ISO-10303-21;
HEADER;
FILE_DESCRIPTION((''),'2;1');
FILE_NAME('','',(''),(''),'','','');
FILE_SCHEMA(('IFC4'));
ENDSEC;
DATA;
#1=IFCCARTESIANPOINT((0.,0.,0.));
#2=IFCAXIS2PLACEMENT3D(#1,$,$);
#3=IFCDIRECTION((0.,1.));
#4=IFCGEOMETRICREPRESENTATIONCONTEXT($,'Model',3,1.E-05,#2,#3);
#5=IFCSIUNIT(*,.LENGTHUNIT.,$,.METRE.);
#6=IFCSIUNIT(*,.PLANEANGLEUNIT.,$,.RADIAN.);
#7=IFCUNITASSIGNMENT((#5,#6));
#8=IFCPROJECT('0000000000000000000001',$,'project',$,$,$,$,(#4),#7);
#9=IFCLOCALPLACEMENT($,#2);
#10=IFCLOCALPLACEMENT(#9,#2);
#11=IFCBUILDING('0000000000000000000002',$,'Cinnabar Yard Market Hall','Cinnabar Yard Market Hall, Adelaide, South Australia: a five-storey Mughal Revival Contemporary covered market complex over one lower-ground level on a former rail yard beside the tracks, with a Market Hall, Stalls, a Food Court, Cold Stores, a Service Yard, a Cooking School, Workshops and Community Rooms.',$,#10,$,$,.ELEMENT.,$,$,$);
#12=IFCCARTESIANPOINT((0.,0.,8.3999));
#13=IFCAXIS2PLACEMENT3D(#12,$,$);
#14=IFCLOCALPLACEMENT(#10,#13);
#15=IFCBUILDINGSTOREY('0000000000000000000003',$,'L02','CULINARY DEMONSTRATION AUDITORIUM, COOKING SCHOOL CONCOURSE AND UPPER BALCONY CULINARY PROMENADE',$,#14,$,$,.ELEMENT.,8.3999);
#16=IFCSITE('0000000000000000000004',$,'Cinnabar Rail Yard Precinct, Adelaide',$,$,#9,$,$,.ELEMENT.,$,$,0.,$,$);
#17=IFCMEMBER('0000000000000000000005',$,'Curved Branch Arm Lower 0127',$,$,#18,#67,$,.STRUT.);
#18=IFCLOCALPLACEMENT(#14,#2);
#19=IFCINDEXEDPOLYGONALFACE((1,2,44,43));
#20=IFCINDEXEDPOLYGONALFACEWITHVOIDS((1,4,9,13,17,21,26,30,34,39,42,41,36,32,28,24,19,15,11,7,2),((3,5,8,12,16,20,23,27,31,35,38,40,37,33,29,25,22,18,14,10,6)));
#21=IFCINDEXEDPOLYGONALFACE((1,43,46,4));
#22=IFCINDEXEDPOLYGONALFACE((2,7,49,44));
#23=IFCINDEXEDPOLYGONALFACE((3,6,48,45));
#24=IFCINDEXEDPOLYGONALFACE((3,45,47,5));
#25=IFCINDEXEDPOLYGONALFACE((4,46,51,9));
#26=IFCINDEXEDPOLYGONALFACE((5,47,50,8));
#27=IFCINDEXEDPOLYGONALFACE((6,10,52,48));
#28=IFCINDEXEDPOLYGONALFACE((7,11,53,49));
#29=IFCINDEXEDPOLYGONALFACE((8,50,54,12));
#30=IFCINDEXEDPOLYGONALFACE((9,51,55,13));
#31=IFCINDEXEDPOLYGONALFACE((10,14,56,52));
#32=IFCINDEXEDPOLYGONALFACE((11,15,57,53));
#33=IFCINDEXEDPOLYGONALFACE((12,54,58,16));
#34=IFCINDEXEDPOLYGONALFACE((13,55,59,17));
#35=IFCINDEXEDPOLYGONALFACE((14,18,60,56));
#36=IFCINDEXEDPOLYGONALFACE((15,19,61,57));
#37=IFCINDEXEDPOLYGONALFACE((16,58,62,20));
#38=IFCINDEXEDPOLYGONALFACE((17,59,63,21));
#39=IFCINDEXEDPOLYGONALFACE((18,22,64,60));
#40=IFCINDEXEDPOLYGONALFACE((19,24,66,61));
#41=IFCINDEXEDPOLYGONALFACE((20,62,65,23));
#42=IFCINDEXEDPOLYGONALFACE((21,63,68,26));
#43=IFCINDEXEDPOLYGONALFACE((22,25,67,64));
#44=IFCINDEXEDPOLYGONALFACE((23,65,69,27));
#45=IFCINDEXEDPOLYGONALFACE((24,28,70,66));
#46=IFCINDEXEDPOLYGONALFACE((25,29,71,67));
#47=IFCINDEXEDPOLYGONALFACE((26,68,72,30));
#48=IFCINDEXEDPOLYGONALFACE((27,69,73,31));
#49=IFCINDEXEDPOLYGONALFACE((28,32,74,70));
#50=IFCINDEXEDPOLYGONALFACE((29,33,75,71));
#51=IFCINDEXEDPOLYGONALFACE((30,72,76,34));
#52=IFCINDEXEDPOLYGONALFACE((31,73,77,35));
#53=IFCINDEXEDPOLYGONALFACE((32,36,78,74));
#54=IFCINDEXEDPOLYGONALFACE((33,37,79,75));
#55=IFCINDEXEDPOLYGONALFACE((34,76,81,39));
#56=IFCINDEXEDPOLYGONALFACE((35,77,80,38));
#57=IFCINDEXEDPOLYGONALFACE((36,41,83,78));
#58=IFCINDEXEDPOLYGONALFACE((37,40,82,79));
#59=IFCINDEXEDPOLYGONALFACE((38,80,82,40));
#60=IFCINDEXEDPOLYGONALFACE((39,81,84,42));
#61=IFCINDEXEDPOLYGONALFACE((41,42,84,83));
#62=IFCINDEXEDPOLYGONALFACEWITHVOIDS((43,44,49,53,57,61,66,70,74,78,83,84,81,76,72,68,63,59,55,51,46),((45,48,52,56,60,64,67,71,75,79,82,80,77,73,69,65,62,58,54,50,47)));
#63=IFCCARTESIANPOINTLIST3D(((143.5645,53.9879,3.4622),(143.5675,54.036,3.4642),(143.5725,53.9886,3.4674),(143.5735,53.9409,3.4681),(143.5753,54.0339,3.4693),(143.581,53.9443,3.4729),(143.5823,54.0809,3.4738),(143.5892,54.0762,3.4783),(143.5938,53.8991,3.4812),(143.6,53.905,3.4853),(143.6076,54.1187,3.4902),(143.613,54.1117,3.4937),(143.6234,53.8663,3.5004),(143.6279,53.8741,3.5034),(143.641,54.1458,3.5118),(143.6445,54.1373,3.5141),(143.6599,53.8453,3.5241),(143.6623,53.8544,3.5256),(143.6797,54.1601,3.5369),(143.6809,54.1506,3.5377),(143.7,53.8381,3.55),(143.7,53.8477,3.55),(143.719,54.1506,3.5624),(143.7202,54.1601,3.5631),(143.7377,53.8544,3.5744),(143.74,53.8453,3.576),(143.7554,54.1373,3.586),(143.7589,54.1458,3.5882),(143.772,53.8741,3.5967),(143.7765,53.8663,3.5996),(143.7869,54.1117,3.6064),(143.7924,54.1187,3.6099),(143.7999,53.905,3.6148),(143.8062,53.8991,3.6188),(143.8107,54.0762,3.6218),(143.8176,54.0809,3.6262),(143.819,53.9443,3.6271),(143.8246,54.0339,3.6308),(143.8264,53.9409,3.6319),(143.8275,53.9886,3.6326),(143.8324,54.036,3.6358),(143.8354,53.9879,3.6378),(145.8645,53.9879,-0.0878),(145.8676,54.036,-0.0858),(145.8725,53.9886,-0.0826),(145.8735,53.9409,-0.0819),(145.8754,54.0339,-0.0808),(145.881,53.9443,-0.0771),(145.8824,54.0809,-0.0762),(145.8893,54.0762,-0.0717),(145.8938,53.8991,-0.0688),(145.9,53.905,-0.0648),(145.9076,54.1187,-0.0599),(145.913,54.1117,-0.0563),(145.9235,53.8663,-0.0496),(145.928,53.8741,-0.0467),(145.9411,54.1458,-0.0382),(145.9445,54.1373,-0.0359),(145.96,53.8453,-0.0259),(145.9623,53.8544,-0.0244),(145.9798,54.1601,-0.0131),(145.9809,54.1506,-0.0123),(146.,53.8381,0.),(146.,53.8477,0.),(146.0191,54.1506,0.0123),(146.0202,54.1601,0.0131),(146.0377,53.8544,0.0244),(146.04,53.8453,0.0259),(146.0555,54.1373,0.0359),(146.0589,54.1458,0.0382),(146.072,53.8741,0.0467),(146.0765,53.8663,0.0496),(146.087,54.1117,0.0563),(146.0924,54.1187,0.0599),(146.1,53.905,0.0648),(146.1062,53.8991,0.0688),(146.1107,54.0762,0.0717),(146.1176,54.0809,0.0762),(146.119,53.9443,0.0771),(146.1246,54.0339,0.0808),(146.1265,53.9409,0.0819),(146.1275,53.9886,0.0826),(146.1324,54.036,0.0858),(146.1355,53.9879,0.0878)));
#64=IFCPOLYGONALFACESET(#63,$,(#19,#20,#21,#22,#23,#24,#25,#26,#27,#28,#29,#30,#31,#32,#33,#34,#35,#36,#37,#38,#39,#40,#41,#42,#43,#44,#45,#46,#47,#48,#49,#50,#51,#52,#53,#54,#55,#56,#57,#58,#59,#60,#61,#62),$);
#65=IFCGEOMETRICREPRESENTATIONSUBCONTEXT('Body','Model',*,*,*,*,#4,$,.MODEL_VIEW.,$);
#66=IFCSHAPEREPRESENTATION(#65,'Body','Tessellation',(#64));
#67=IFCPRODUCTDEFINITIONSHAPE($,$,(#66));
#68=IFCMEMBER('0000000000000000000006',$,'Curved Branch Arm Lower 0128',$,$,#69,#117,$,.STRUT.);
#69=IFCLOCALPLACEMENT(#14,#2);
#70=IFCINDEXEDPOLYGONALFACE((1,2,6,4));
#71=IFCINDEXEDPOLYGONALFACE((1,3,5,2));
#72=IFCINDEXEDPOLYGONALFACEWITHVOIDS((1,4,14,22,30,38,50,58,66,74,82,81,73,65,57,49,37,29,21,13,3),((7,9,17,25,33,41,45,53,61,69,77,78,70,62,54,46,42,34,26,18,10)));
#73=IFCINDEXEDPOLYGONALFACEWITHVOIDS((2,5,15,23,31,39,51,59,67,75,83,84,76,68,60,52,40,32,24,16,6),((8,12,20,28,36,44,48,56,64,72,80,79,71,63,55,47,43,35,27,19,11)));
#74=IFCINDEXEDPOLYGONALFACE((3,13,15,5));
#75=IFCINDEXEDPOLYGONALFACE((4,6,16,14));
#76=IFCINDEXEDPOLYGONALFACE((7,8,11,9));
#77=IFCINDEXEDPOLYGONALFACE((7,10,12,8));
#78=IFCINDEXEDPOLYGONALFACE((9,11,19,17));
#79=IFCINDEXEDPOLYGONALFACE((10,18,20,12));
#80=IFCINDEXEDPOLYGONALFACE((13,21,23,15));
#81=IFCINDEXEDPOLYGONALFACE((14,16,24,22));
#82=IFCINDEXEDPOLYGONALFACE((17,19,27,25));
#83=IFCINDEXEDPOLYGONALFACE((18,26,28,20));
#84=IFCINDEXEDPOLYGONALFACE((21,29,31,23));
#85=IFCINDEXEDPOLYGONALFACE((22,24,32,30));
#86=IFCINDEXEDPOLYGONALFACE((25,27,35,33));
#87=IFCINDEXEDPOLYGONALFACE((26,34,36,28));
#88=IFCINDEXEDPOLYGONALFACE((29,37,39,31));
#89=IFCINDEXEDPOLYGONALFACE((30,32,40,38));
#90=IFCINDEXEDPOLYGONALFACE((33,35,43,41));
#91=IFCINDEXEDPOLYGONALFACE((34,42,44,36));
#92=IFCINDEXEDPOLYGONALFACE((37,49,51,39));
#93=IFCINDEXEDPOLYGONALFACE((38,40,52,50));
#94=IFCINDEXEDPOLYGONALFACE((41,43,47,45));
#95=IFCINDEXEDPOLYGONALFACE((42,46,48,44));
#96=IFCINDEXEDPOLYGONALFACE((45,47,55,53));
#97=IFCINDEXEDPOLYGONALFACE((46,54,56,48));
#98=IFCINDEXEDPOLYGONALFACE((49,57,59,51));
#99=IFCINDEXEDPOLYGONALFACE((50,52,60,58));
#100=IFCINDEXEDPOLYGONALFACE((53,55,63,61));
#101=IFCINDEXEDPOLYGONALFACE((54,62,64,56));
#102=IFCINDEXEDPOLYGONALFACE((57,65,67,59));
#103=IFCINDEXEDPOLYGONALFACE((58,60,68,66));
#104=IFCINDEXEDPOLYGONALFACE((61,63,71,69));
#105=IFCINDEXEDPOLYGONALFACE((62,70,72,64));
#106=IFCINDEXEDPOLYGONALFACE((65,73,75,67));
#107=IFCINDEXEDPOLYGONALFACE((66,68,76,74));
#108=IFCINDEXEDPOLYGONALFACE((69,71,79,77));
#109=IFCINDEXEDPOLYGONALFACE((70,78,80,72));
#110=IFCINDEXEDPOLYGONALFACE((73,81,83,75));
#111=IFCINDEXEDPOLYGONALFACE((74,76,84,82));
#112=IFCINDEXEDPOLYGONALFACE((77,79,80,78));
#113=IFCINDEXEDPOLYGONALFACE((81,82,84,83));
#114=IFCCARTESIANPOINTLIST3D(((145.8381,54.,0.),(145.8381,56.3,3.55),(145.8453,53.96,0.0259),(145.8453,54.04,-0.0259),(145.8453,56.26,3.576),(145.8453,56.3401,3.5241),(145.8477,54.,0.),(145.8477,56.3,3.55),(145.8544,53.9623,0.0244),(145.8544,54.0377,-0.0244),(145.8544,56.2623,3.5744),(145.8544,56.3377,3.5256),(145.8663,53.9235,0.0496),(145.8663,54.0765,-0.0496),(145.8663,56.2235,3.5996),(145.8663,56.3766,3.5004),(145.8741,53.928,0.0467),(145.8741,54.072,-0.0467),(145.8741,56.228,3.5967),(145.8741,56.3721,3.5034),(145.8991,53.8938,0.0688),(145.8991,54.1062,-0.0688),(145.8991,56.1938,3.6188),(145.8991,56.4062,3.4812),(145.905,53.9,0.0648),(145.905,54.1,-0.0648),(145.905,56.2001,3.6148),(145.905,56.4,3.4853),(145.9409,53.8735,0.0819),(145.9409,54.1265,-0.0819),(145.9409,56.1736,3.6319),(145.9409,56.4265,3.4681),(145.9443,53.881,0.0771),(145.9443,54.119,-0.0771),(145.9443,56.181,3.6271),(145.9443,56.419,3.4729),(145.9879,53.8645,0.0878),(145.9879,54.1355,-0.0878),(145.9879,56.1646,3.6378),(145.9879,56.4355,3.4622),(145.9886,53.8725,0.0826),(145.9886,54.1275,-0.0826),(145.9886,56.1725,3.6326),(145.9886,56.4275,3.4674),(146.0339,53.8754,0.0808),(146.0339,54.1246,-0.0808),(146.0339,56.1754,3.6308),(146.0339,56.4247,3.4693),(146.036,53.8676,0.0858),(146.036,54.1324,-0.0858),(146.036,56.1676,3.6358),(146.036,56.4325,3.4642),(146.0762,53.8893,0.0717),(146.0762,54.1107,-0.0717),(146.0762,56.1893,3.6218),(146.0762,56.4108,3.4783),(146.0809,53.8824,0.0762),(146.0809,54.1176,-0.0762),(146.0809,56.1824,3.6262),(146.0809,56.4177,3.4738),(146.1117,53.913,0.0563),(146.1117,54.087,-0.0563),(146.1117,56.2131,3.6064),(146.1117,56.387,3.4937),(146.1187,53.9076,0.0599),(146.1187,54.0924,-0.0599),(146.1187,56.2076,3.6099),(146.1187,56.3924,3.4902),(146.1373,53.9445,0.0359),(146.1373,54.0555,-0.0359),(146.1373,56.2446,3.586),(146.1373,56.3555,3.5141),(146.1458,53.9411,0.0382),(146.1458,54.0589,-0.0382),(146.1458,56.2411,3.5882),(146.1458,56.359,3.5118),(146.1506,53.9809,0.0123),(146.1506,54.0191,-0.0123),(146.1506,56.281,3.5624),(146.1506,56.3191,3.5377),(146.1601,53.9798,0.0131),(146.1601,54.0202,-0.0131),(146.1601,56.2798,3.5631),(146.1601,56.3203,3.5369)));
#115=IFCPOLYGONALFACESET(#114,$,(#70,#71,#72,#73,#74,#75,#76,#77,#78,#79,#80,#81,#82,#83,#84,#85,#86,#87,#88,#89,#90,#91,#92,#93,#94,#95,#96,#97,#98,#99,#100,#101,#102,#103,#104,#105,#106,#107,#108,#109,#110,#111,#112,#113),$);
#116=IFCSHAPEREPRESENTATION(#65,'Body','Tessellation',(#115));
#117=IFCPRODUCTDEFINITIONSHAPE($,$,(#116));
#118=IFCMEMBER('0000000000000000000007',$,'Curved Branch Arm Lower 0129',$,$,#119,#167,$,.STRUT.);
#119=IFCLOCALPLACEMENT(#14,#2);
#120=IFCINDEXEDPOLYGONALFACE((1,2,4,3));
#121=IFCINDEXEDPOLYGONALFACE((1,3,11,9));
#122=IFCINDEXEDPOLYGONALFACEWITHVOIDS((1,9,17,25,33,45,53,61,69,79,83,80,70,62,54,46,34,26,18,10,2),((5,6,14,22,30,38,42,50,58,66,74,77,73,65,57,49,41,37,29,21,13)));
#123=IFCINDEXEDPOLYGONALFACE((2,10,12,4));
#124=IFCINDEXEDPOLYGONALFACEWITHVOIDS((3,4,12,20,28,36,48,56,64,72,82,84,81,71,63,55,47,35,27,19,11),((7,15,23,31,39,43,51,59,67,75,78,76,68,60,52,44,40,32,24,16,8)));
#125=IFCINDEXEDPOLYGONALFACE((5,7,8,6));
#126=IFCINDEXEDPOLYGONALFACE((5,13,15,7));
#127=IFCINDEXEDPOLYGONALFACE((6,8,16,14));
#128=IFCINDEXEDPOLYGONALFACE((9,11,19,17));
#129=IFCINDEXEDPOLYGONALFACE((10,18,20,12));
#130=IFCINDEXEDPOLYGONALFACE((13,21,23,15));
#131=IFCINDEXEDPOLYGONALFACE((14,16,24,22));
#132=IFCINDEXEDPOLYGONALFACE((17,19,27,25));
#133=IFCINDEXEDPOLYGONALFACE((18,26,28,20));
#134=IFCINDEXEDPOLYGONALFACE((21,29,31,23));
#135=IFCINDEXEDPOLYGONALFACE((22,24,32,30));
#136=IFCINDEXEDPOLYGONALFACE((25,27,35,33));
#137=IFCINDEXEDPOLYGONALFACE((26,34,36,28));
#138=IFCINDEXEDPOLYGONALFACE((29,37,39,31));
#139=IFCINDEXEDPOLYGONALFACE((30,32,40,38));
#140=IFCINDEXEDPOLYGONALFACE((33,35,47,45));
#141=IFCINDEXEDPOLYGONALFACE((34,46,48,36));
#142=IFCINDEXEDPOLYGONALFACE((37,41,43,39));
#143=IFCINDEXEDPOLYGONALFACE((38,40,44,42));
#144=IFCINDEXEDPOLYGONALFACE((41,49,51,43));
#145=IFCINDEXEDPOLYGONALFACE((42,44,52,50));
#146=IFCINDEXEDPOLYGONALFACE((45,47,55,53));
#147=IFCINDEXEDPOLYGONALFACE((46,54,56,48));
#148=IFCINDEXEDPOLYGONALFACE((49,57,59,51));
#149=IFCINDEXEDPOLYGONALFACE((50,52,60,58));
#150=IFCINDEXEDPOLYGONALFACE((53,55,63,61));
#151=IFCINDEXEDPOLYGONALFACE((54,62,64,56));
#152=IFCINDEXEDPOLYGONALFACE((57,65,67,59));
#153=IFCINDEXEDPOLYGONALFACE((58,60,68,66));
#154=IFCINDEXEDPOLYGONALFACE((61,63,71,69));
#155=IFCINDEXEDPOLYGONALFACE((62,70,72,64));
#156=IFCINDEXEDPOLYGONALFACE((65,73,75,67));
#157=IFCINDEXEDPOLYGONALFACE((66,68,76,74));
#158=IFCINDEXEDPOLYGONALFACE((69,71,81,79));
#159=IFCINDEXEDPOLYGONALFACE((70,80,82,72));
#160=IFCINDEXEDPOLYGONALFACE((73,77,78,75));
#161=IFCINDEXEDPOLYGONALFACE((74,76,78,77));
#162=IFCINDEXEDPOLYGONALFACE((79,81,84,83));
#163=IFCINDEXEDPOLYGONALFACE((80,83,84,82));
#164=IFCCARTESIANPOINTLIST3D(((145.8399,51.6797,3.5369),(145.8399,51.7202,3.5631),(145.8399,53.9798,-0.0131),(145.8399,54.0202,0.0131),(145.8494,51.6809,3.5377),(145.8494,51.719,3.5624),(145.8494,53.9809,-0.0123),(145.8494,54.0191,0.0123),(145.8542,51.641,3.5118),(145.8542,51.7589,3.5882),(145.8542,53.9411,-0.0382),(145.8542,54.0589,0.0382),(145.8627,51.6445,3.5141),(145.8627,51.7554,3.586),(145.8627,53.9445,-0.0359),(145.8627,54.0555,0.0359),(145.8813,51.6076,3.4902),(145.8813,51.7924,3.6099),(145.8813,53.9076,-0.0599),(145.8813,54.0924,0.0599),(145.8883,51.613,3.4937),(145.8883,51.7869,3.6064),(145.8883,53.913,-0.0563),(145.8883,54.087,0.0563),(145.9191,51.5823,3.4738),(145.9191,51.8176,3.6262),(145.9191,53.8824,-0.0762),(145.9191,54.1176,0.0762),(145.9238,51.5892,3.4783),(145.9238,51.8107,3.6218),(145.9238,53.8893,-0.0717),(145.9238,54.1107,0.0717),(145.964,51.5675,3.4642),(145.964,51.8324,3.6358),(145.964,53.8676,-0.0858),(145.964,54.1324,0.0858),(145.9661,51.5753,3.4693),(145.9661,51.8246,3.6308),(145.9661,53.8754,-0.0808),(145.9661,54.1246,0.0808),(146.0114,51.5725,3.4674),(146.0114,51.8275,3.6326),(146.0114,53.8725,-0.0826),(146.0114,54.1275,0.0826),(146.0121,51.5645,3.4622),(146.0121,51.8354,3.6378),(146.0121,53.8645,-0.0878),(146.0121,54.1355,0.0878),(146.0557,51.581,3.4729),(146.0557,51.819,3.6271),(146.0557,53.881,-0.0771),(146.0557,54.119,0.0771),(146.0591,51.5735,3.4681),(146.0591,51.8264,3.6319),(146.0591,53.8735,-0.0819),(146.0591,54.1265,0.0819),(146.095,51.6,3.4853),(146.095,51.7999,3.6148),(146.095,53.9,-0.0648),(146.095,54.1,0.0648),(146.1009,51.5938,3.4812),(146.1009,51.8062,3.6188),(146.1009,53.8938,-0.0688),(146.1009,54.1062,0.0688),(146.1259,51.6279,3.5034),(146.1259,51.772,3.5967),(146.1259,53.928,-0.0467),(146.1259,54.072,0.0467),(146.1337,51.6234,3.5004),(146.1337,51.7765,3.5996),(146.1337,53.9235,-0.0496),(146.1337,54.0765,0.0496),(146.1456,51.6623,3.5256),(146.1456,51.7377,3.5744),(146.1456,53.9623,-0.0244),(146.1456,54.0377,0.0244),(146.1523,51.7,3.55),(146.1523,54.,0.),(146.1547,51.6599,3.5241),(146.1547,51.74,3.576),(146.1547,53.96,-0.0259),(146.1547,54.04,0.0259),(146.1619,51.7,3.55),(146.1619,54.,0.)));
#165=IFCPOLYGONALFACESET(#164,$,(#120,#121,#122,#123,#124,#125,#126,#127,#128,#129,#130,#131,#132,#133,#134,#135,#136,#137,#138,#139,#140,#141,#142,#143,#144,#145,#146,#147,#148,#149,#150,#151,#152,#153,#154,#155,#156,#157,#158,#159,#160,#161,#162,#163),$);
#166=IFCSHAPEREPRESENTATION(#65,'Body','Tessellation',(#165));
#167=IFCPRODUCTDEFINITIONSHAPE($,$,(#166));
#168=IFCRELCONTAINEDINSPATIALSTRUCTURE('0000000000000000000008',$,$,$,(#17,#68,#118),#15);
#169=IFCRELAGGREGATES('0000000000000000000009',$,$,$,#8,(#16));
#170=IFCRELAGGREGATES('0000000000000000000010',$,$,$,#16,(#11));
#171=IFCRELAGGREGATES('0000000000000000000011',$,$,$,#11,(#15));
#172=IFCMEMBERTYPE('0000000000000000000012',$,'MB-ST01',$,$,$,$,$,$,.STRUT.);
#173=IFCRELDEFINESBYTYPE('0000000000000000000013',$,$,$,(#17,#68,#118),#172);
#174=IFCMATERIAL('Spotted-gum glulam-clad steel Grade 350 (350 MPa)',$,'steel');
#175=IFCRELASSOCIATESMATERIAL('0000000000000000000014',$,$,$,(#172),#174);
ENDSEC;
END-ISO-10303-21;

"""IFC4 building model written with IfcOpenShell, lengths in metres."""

from ifc_helpers import new_model, si_unit, direction, frame, origin, origin_2d_with_axis, place, context, subcontext, project, spatial, hollow_circle, extrude, material, material_profile, profile_set, type_object, element, save


model = new_model("IFC4")

# Units and contexts
model_context = context("Model", 3, precision=1e-05, world=origin(), true_north=direction((0.0, 1.0)))
body_context = subcontext(model_context, "Body", "Model", "MODEL_VIEW")
ifc_project = project(units=[si_unit("LENGTHUNIT", "METRE"), si_unit("PLANEANGLEUNIT", "RADIAN")], contexts=[model_context])

# Site, building, storey
site_placement = place(None, origin())
site = spatial("IfcSite", under=ifc_project, at=site_placement, Name="Cinnabar Rail Yard Precinct, Adelaide", CompositionType="ELEMENT", RefElevation=0.0)
building_placement = place(site_placement, origin())
building = spatial("IfcBuilding", under=site, at=building_placement, Name="Cinnabar Yard Market Hall", Description="Cinnabar Yard Market Hall, Adelaide, South Australia: a five-storey Mughal Revival Contemporary covered market complex over one lower-ground level on a former rail yard beside the tracks, with a Market Hall, Stalls, a Food Court, Cold Stores, a Service Yard, a Cooking School, Workshops and Community Rooms.", CompositionType="ELEMENT")
storey_placement = place(building_placement, frame((0.0, 0.0, 8.3999)))
storey = spatial("IfcBuildingStorey", under=building, at=storey_placement, Name="L02", Description="CULINARY DEMONSTRATION AUDITORIUM, COOKING SCHOOL CONCOURSE AND UPPER BALCONY CULINARY PROMENADE", CompositionType="ELEMENT", Elevation=8.3999)

# Shared definitions
ifc_material_1 = material(Name="Spotted-gum glulam-clad steel Grade 350 (350 MPa)", Category="steel")

# Members
ifc_material_profile_1 = material_profile(ifc_material_1, hollow_circle(Radius=0.1619, WallThickness=0.0095, at=origin_2d_with_axis()), Name="323.9x9.5CHS")
ifc_profile_set_1 = profile_set([ifc_material_profile_1], Name="Spotted-gum glulam-clad steel Grade 350 (350 MPa)")
member_type_1 = type_object("IfcMemberType", Name="MB-ST01", PredefinedType="STRUT", material=ifc_profile_set_1)
for number, where, z_axis, x_axis, name in (
    (1, (146.0, 54.0, 0.0), (-0.543744, 0.0, 0.839251), (0.0, -1.0, 0.0), "Curved Branch Arm Lower 0127"),
    (2, (146.0, 54.0, 0.0), (0.0, 0.543744, 0.839251), (-1.0, 0.0, 0.0), "Curved Branch Arm Lower 0128"),
    (3, (146.0, 54.0, 0.0), (0.0, -0.543744, 0.839251), (1.0, 0.0, 0.0), "Curved Branch Arm Lower 0129"),
):
    element("IfcMember", number, at=place(storey_placement, frame(where, z_axis=z_axis, x_axis=x_axis)), inside=storey, type_object=member_type_1, Name=name, PredefinedType="STRUT", context=body_context, shape_type="SweptSolid", body=[
        extrude(hollow_circle(Radius=0.1619, WallThickness=0.0095, at=origin_2d_with_axis()), origin(), (0.0, 0.0, 1.0), 4.23),
    ])

save(model, "model.ifc")
